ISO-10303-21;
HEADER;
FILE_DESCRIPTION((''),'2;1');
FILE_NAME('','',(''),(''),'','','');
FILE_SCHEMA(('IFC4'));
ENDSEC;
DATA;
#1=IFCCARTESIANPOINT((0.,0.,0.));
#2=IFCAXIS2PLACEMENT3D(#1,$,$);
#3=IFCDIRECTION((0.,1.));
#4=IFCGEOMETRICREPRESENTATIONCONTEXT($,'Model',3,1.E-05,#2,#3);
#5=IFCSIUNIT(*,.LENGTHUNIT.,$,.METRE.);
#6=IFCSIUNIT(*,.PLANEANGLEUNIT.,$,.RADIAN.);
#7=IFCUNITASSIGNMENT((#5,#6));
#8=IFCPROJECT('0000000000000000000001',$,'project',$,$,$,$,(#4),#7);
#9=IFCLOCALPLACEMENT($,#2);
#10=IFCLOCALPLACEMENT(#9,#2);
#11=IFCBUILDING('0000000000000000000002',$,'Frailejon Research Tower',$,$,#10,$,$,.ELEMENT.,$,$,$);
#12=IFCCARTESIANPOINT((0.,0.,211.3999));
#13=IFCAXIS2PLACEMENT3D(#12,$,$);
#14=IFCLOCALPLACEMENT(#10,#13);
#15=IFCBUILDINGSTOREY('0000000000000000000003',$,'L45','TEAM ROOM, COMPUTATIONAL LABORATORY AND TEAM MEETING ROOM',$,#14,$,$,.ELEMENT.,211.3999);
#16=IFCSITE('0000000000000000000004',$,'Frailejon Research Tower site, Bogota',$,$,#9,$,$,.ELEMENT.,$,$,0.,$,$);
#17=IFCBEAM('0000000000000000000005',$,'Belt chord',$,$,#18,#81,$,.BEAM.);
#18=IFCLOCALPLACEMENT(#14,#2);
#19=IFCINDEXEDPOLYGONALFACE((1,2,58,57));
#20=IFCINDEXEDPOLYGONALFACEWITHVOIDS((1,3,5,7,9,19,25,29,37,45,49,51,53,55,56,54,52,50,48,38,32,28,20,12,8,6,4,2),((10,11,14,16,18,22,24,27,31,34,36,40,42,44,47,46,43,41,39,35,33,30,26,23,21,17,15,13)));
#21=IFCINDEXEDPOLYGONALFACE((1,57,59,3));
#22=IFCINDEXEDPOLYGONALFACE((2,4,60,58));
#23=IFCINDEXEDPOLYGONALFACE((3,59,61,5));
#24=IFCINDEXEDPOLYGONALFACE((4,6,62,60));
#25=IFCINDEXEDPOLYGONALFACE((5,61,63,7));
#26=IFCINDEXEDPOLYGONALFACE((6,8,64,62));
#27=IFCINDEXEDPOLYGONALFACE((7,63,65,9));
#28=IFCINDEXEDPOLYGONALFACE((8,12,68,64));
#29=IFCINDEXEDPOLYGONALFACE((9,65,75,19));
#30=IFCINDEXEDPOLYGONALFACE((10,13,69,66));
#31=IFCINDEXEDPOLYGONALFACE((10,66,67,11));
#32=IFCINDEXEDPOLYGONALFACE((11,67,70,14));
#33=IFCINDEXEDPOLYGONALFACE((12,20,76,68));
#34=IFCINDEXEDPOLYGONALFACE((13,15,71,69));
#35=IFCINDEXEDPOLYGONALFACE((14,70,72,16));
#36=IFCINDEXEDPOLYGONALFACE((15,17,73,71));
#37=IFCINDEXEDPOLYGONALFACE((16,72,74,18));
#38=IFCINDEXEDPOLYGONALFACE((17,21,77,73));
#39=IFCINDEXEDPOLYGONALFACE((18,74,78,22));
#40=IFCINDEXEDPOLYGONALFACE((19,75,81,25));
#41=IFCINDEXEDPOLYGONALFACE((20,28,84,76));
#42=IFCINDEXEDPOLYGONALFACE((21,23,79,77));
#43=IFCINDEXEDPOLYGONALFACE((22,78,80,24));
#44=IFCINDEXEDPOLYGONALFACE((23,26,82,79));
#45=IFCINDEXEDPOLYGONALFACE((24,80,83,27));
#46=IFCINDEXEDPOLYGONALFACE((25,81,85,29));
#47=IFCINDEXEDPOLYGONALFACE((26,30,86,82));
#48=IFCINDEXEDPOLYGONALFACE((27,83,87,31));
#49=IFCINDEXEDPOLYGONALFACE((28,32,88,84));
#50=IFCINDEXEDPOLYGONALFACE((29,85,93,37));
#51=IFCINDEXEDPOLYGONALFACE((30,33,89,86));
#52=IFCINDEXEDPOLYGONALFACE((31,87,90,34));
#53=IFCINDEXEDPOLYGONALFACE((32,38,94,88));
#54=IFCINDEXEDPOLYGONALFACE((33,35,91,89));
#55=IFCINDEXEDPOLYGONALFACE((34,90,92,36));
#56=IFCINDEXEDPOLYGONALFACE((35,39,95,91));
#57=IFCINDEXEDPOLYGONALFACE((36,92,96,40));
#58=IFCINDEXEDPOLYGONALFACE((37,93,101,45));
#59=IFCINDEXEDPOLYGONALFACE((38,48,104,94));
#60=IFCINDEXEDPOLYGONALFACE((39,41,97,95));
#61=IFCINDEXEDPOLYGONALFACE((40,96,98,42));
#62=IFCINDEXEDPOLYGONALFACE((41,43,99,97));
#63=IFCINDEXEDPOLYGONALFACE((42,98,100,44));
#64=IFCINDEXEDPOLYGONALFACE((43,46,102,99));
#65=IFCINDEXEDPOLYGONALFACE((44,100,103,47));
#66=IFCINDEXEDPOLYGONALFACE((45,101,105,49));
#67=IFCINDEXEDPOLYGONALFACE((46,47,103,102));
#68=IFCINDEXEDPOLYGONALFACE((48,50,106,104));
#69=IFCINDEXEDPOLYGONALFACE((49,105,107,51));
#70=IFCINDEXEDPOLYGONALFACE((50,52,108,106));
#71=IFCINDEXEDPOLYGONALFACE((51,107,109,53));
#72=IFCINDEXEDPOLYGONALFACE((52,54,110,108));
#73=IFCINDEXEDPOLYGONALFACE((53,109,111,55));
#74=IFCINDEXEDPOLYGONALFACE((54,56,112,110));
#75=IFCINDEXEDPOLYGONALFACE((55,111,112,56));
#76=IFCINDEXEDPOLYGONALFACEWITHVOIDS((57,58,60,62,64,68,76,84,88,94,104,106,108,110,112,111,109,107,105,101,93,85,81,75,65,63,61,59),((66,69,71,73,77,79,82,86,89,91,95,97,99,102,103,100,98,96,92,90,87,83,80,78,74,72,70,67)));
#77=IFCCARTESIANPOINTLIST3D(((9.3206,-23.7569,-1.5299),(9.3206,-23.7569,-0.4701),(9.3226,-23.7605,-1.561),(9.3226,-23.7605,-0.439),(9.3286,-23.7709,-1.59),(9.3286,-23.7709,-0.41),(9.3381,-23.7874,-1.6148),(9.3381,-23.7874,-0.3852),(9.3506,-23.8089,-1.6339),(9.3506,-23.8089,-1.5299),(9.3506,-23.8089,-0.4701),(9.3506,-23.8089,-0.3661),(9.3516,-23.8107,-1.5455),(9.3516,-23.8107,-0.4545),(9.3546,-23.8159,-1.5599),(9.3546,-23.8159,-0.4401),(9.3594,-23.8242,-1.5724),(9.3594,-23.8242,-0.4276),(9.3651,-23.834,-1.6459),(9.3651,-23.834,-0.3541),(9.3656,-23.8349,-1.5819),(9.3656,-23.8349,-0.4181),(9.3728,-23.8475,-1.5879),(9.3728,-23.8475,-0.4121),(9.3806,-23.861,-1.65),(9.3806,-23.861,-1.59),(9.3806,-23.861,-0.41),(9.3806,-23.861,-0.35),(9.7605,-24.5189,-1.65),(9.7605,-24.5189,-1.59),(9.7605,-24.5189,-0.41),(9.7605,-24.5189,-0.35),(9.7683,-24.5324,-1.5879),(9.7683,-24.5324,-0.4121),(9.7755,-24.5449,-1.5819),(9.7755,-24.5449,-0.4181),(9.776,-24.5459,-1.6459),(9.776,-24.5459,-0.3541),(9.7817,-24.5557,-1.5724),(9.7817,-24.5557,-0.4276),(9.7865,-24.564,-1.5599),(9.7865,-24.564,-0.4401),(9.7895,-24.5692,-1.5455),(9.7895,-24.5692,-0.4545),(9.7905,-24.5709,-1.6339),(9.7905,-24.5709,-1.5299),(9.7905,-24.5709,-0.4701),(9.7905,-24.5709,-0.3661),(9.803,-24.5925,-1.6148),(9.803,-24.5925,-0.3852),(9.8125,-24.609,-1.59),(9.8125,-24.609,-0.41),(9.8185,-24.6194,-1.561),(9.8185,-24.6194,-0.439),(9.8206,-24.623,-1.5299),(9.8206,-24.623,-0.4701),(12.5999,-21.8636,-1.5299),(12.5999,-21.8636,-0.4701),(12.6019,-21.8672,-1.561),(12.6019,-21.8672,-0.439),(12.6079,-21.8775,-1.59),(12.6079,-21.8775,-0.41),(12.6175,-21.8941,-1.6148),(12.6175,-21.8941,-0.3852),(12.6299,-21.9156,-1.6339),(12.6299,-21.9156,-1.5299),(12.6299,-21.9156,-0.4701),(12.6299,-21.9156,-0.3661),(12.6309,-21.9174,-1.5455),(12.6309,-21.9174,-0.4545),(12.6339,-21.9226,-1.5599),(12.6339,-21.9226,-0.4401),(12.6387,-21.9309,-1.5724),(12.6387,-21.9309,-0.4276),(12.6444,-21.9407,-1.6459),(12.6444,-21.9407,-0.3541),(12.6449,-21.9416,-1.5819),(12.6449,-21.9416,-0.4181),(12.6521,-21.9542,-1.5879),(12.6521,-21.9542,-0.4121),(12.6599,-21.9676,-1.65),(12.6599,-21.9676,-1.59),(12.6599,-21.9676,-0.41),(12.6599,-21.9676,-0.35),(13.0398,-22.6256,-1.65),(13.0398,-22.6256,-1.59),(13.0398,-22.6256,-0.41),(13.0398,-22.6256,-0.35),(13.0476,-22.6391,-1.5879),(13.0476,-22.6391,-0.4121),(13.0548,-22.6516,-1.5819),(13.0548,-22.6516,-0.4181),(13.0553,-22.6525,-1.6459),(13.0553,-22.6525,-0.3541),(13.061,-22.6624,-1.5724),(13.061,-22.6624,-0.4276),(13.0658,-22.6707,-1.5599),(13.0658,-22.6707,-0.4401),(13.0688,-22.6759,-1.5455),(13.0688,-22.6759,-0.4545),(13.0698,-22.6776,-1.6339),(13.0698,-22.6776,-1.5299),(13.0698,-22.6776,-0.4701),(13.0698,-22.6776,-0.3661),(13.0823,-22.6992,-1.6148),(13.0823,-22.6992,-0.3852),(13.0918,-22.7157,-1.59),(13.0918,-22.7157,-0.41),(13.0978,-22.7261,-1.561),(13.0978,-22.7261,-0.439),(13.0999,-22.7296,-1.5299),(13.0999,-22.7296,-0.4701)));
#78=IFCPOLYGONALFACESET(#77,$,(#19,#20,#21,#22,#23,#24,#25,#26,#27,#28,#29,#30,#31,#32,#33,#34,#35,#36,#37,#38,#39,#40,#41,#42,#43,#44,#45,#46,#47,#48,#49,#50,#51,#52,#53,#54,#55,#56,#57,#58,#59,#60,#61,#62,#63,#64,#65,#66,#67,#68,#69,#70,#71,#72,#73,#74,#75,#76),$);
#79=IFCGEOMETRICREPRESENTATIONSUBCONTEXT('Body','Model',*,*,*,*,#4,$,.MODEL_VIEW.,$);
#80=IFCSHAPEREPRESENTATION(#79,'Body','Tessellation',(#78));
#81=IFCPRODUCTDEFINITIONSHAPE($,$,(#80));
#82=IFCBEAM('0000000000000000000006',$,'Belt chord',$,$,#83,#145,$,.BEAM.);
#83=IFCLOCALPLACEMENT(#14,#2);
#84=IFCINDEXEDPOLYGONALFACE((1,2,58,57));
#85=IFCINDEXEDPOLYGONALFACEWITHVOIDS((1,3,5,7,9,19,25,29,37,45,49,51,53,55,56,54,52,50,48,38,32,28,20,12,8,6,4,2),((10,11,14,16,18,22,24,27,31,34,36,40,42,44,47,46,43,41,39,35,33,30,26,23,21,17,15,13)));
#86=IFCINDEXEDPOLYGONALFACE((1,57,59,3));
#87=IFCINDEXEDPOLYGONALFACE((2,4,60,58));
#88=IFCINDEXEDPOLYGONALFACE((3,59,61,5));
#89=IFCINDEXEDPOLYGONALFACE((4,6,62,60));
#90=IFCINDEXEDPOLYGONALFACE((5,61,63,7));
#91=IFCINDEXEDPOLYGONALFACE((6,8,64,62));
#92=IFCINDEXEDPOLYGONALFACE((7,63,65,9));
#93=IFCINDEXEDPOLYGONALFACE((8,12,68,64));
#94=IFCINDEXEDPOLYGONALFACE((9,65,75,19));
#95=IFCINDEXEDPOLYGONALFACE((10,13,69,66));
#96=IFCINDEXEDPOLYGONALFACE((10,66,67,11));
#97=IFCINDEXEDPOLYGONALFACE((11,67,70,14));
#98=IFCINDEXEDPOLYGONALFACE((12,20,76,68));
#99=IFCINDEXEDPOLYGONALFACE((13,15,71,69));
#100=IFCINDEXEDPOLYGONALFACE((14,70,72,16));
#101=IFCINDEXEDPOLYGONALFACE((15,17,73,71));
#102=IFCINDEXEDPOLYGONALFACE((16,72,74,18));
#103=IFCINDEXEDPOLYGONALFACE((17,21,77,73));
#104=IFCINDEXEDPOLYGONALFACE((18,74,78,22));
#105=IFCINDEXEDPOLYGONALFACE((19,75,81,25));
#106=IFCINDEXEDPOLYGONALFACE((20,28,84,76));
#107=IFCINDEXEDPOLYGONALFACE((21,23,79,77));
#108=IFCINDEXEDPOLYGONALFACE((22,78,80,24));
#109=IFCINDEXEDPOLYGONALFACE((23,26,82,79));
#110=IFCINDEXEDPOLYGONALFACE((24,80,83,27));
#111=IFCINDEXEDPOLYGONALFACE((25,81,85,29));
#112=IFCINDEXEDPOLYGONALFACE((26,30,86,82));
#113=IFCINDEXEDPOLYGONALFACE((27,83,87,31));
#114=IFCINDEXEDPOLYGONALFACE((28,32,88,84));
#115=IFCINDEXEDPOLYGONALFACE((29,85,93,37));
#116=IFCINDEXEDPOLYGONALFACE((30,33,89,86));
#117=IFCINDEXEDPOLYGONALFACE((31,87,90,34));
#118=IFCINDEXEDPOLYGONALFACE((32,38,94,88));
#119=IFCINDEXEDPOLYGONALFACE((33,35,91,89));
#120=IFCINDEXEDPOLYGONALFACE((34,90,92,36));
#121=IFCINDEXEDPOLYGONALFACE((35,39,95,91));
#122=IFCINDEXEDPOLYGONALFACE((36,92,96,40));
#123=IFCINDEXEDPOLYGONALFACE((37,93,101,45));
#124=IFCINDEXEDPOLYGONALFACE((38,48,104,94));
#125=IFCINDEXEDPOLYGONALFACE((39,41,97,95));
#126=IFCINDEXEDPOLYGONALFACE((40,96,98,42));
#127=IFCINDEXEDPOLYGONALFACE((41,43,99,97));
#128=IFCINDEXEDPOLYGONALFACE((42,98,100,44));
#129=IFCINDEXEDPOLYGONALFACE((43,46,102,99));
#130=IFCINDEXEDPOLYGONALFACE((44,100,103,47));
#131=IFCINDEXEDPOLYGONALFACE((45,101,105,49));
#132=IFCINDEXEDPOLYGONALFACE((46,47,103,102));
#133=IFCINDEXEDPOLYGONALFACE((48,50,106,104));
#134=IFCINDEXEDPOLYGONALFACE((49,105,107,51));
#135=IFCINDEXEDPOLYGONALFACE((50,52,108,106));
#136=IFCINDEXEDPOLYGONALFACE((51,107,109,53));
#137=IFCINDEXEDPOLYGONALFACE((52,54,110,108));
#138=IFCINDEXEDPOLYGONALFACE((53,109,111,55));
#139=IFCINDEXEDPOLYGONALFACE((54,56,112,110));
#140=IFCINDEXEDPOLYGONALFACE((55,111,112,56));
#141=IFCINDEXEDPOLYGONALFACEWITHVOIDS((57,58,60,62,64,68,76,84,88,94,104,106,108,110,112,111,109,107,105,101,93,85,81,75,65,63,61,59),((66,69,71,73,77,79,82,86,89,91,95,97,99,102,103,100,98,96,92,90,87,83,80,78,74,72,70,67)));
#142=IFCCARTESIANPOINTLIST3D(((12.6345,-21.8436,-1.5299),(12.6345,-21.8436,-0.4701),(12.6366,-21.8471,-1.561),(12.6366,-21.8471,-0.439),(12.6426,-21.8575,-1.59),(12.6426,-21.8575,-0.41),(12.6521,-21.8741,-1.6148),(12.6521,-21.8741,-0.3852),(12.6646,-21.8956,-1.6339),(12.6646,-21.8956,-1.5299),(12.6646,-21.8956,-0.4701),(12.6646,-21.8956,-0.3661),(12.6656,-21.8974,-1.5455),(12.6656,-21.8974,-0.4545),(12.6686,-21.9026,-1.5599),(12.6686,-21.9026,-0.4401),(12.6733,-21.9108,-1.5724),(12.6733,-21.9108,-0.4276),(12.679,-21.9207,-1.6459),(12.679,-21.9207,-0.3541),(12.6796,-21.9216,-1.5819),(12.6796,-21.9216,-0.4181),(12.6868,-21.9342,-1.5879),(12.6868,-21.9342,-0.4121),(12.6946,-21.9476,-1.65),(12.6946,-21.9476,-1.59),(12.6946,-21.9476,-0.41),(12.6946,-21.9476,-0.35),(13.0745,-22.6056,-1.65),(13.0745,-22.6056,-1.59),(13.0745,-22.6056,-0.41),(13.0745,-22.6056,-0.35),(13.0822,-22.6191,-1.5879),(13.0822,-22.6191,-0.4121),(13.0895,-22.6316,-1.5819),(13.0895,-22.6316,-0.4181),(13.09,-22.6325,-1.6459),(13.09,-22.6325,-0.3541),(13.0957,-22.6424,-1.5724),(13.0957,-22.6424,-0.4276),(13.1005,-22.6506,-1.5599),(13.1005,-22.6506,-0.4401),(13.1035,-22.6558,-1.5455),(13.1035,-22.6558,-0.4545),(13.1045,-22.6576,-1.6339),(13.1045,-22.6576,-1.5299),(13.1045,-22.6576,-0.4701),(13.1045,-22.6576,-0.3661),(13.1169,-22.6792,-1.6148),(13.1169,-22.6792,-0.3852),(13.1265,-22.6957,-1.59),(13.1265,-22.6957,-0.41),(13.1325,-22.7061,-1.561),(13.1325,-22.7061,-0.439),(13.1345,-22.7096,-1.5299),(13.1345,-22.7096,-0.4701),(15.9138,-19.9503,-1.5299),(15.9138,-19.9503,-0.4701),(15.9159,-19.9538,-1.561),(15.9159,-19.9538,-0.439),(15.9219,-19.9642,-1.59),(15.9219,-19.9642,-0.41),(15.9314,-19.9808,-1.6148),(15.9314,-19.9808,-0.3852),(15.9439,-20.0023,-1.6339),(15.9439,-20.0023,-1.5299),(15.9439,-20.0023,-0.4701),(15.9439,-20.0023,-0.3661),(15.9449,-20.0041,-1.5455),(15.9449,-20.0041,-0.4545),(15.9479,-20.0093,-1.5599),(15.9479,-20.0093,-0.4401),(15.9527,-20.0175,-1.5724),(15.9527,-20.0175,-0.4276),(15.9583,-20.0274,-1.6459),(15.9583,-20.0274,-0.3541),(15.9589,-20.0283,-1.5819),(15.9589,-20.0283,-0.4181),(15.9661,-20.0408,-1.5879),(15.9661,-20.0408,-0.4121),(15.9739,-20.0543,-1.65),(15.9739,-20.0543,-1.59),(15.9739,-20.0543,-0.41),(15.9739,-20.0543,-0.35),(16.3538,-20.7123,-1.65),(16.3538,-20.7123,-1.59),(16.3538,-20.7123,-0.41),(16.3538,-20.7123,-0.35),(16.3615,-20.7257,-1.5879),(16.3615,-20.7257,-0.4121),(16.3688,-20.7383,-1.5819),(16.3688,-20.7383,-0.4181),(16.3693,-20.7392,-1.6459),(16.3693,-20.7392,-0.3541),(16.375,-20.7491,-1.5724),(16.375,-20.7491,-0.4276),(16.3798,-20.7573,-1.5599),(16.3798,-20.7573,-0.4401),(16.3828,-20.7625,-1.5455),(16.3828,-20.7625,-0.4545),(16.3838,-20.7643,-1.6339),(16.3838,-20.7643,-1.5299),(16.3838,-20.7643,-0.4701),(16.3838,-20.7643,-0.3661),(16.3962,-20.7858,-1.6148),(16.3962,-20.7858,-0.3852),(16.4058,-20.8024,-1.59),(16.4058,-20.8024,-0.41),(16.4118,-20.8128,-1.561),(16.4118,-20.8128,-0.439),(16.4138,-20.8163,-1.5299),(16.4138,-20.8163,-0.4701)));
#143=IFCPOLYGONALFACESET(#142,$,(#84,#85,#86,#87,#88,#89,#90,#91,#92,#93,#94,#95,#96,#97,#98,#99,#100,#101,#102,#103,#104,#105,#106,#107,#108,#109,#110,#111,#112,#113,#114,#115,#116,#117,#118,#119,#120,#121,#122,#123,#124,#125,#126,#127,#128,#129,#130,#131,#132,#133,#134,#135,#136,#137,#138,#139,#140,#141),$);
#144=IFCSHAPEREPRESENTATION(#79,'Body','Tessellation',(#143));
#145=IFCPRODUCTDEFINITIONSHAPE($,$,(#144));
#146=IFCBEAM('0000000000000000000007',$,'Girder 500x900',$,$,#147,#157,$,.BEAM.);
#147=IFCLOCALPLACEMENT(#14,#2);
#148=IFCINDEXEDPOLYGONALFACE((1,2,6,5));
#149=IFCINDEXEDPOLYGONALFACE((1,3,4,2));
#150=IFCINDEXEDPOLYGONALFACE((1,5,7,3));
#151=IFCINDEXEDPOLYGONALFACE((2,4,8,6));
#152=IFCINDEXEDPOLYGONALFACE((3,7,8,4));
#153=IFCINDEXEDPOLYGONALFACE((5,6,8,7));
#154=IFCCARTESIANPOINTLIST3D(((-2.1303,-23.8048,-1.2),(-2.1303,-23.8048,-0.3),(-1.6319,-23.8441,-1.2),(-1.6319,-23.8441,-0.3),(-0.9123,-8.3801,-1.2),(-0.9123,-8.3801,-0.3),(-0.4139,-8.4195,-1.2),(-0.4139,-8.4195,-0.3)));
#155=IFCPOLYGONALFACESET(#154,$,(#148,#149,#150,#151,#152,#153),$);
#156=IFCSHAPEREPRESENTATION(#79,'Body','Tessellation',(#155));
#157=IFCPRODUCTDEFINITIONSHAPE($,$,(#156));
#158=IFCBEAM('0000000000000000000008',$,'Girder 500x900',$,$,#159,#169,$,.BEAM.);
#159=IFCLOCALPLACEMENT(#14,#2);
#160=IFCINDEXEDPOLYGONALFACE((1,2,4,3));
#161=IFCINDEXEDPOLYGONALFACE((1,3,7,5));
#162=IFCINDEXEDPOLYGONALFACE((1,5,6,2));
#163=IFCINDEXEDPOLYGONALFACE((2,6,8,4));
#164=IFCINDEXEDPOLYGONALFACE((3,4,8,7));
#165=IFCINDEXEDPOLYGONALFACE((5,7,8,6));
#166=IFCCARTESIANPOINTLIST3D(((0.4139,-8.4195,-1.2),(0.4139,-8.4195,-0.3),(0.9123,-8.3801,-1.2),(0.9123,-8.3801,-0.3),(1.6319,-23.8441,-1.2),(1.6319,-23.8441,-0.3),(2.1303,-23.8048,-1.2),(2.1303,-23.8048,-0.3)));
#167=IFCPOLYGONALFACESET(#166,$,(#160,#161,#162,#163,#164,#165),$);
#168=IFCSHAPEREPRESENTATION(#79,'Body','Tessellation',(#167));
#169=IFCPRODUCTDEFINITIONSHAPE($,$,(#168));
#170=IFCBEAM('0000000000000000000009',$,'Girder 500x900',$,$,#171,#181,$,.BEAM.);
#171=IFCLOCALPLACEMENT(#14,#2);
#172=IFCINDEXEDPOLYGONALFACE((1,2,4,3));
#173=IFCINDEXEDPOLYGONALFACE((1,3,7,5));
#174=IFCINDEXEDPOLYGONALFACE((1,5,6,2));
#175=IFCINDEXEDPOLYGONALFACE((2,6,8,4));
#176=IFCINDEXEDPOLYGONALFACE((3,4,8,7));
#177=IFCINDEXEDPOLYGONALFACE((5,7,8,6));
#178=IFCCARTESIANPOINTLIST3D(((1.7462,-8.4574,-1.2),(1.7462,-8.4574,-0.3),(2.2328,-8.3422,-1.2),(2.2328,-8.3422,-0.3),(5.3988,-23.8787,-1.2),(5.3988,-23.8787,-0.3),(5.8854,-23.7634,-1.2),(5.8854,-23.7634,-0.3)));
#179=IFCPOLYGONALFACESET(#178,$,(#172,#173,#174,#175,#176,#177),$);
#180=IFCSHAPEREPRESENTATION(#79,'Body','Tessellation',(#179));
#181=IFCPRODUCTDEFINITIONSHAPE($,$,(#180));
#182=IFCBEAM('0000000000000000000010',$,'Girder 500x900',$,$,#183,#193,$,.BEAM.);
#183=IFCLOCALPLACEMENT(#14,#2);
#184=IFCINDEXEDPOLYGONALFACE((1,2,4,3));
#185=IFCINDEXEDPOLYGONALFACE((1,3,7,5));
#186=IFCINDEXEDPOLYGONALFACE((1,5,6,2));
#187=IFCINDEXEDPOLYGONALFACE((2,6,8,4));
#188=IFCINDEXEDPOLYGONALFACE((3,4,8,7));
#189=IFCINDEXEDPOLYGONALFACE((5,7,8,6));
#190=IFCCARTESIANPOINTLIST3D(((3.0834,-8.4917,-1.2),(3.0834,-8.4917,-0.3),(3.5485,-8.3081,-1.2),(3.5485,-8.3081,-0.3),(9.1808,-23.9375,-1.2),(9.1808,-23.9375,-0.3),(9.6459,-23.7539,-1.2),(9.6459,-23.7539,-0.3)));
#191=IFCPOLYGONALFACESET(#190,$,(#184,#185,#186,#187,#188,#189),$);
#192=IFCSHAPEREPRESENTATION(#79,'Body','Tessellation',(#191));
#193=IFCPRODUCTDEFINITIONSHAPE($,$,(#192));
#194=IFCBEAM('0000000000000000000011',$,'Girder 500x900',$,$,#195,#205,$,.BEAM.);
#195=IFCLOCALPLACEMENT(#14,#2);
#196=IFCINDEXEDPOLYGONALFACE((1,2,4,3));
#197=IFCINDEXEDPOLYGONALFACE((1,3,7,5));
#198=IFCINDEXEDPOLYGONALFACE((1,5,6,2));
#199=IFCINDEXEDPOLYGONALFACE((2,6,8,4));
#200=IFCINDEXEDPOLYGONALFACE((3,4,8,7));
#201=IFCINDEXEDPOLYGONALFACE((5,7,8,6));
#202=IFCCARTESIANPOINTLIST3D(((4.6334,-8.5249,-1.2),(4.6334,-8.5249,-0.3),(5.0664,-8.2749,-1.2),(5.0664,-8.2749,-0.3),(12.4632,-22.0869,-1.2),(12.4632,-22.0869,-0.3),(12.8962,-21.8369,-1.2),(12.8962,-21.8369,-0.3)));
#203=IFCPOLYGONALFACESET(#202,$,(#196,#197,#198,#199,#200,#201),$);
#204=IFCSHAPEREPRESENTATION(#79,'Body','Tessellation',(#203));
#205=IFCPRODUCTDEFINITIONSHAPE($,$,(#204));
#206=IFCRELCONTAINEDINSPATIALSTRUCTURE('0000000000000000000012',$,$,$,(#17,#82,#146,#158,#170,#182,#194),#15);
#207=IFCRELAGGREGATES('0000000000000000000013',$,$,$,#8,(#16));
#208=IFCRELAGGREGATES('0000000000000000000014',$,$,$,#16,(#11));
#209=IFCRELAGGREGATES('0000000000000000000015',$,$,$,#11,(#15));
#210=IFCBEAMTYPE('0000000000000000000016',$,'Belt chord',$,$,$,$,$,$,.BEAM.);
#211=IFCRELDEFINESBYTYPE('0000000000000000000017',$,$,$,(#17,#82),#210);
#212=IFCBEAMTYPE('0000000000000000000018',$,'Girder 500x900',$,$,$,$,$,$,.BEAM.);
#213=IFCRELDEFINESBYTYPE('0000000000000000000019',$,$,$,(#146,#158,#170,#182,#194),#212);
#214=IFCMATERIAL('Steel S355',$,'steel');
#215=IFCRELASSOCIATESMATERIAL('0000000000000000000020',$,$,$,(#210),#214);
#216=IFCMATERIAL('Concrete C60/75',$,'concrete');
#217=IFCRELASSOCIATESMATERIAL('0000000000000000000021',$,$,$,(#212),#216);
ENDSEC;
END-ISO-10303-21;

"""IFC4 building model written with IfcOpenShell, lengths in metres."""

from ifc_helpers import new_model, si_unit, direction, frame, origin, origin_2d, place, context, subcontext, project, spatial, rectangle, hollow_rectangle, extrude, material, material_profile, profile_set, type_object, element, save


model = new_model("IFC4")

# Units and contexts
model_context = context("Model", 3, precision=1e-05, world=origin(), true_north=direction((0.0, 1.0)))
body_context = subcontext(model_context, "Body", "Model", "MODEL_VIEW")
ifc_project = project(units=[si_unit("LENGTHUNIT", "METRE"), si_unit("PLANEANGLEUNIT", "RADIAN")], contexts=[model_context])

# Site, building, storey
site_placement = place(None, origin())
site = spatial("IfcSite", under=ifc_project, at=site_placement, Name="Frailejon Research Tower site, Bogota", CompositionType="ELEMENT", RefElevation=0.0)
building_placement = place(site_placement, origin())
building = spatial("IfcBuilding", under=site, at=building_placement, Name="Frailejon Research Tower", CompositionType="ELEMENT")
storey_placement = place(building_placement, frame((0.0, 0.0, 211.3999)))
storey = spatial("IfcBuildingStorey", under=building, at=storey_placement, Name="L45", Description="TEAM ROOM, COMPUTATIONAL LABORATORY AND TEAM MEETING ROOM", CompositionType="ELEMENT", Elevation=211.3999)

# Beams
ifc_material_1 = material(Name="Steel S355", Category="steel")
ifc_material_profile_1 = material_profile(ifc_material_1, hollow_rectangle(XDim=1.0, YDim=1.3, WallThickness=0.0601, InnerFilletRadius=0.0601, OuterFilletRadius=0.1201, at=origin_2d()), Name="Belt chord")
ifc_profile_set_1 = profile_set([ifc_material_profile_1], Name="Steel S355")
beam_type_1 = type_object("IfcBeamType", Name="Belt chord", PredefinedType="BEAM", material=ifc_profile_set_1)
for number, where, z_axis, x_axis, name in (
    (1, (9.5706, -24.1899, -1.0), (0.866025, 0.500002, 0.0), (-0.500002, 0.866025, 0.0), "Belt chord"),
    (2, (12.8845, -22.2766, -1.0), (0.866025, 0.500002, 0.0), (-0.500002, 0.866025, 0.0), "Belt chord"),
):
    element("IfcBeam", number, at=place(storey_placement, frame(where, z_axis=z_axis, x_axis=x_axis)), inside=storey, type_object=beam_type_1, Name=name, PredefinedType="BEAM", context=body_context, shape_type="SweptSolid", body=[
        extrude(hollow_rectangle(XDim=1.0, YDim=1.3, WallThickness=0.0601, InnerFilletRadius=0.0601, OuterFilletRadius=0.1201, at=origin_2d()), origin(), (0.0, 0.0, 1.0), 3.7866),
    ])
ifc_material_2 = material(Name="Concrete C60/75", Category="concrete")
ifc_material_profile_2 = material_profile(ifc_material_2, rectangle(XDim=0.5, YDim=0.8999, at=origin_2d()), Name="Girder 500x900")
ifc_profile_set_2 = profile_set([ifc_material_profile_2], Name="Concrete C60/75")
beam_type_2 = type_object("IfcBeamType", Name="Girder 500x900", PredefinedType="BEAM", material=ifc_profile_set_2)
for number, where, z_axis, x_axis, name in (
    (3, (-1.8811, -23.8245, -0.75), (0.078721, 0.996897, 0.0), (-0.996897, 0.078721, 0.0), "Girder 500x900"),
    (4, (1.8811, -23.8245, -0.75), (-0.078721, 0.996897, 0.0), (-0.996897, -0.078721, 0.0), "Girder 500x900"),
):
    element("IfcBeam", number, at=place(storey_placement, frame(where, z_axis=z_axis, x_axis=x_axis)), inside=storey, type_object=beam_type_2, Name=name, PredefinedType="BEAM", context=body_context, shape_type="SweptSolid", body=[
        extrude(rectangle(XDim=0.5, YDim=0.8999, at=origin_2d()), origin(), (0.0, 0.0, 1.0), 15.4727),
    ])
beam_1_placement = place(storey_placement, frame((5.6421, -23.821, -0.75), z_axis=(-0.230479, 0.973077, 0.0), x_axis=(-0.973077, -0.230479, 0.0)))
element("IfcBeam", 5, at=beam_1_placement, inside=storey, type_object=beam_type_2, Name="Girder 500x900", PredefinedType="BEAM", context=body_context, shape_type="SweptSolid", body=[
    extrude(rectangle(XDim=0.5, YDim=0.8999, at=origin_2d()), origin(), (0.0, 0.0, 1.0), 15.8479),
])
beam_2_placement = place(storey_placement, frame((9.4133, -23.8457, -0.75), z_axis=(-0.367187, 0.930147, 0.0), x_axis=(-0.930147, -0.367187, 0.0)))
element("IfcBeam", 6, at=beam_2_placement, inside=storey, type_object=beam_type_2, Name="Girder 500x900", PredefinedType="BEAM", context=body_context, shape_type="SweptSolid", body=[
    extrude(rectangle(XDim=0.5, YDim=0.8999, at=origin_2d()), origin(), (0.0, 0.0, 1.0), 16.6057),
])
beam_3_placement = place(storey_placement, frame((12.6797, -21.9619, -0.75), z_axis=(-0.499991, 0.866031, 0.0), x_axis=(-0.866031, -0.499991, 0.0)))
element("IfcBeam", 7, at=beam_3_placement, inside=storey, type_object=beam_type_2, Name="Girder 500x900", PredefinedType="BEAM", context=body_context, shape_type="SweptSolid", body=[
    extrude(rectangle(XDim=0.5, YDim=0.8999, at=origin_2d()), origin(), (0.0, 0.0, 1.0), 15.6599),
])

save(model, "model.ifc")
